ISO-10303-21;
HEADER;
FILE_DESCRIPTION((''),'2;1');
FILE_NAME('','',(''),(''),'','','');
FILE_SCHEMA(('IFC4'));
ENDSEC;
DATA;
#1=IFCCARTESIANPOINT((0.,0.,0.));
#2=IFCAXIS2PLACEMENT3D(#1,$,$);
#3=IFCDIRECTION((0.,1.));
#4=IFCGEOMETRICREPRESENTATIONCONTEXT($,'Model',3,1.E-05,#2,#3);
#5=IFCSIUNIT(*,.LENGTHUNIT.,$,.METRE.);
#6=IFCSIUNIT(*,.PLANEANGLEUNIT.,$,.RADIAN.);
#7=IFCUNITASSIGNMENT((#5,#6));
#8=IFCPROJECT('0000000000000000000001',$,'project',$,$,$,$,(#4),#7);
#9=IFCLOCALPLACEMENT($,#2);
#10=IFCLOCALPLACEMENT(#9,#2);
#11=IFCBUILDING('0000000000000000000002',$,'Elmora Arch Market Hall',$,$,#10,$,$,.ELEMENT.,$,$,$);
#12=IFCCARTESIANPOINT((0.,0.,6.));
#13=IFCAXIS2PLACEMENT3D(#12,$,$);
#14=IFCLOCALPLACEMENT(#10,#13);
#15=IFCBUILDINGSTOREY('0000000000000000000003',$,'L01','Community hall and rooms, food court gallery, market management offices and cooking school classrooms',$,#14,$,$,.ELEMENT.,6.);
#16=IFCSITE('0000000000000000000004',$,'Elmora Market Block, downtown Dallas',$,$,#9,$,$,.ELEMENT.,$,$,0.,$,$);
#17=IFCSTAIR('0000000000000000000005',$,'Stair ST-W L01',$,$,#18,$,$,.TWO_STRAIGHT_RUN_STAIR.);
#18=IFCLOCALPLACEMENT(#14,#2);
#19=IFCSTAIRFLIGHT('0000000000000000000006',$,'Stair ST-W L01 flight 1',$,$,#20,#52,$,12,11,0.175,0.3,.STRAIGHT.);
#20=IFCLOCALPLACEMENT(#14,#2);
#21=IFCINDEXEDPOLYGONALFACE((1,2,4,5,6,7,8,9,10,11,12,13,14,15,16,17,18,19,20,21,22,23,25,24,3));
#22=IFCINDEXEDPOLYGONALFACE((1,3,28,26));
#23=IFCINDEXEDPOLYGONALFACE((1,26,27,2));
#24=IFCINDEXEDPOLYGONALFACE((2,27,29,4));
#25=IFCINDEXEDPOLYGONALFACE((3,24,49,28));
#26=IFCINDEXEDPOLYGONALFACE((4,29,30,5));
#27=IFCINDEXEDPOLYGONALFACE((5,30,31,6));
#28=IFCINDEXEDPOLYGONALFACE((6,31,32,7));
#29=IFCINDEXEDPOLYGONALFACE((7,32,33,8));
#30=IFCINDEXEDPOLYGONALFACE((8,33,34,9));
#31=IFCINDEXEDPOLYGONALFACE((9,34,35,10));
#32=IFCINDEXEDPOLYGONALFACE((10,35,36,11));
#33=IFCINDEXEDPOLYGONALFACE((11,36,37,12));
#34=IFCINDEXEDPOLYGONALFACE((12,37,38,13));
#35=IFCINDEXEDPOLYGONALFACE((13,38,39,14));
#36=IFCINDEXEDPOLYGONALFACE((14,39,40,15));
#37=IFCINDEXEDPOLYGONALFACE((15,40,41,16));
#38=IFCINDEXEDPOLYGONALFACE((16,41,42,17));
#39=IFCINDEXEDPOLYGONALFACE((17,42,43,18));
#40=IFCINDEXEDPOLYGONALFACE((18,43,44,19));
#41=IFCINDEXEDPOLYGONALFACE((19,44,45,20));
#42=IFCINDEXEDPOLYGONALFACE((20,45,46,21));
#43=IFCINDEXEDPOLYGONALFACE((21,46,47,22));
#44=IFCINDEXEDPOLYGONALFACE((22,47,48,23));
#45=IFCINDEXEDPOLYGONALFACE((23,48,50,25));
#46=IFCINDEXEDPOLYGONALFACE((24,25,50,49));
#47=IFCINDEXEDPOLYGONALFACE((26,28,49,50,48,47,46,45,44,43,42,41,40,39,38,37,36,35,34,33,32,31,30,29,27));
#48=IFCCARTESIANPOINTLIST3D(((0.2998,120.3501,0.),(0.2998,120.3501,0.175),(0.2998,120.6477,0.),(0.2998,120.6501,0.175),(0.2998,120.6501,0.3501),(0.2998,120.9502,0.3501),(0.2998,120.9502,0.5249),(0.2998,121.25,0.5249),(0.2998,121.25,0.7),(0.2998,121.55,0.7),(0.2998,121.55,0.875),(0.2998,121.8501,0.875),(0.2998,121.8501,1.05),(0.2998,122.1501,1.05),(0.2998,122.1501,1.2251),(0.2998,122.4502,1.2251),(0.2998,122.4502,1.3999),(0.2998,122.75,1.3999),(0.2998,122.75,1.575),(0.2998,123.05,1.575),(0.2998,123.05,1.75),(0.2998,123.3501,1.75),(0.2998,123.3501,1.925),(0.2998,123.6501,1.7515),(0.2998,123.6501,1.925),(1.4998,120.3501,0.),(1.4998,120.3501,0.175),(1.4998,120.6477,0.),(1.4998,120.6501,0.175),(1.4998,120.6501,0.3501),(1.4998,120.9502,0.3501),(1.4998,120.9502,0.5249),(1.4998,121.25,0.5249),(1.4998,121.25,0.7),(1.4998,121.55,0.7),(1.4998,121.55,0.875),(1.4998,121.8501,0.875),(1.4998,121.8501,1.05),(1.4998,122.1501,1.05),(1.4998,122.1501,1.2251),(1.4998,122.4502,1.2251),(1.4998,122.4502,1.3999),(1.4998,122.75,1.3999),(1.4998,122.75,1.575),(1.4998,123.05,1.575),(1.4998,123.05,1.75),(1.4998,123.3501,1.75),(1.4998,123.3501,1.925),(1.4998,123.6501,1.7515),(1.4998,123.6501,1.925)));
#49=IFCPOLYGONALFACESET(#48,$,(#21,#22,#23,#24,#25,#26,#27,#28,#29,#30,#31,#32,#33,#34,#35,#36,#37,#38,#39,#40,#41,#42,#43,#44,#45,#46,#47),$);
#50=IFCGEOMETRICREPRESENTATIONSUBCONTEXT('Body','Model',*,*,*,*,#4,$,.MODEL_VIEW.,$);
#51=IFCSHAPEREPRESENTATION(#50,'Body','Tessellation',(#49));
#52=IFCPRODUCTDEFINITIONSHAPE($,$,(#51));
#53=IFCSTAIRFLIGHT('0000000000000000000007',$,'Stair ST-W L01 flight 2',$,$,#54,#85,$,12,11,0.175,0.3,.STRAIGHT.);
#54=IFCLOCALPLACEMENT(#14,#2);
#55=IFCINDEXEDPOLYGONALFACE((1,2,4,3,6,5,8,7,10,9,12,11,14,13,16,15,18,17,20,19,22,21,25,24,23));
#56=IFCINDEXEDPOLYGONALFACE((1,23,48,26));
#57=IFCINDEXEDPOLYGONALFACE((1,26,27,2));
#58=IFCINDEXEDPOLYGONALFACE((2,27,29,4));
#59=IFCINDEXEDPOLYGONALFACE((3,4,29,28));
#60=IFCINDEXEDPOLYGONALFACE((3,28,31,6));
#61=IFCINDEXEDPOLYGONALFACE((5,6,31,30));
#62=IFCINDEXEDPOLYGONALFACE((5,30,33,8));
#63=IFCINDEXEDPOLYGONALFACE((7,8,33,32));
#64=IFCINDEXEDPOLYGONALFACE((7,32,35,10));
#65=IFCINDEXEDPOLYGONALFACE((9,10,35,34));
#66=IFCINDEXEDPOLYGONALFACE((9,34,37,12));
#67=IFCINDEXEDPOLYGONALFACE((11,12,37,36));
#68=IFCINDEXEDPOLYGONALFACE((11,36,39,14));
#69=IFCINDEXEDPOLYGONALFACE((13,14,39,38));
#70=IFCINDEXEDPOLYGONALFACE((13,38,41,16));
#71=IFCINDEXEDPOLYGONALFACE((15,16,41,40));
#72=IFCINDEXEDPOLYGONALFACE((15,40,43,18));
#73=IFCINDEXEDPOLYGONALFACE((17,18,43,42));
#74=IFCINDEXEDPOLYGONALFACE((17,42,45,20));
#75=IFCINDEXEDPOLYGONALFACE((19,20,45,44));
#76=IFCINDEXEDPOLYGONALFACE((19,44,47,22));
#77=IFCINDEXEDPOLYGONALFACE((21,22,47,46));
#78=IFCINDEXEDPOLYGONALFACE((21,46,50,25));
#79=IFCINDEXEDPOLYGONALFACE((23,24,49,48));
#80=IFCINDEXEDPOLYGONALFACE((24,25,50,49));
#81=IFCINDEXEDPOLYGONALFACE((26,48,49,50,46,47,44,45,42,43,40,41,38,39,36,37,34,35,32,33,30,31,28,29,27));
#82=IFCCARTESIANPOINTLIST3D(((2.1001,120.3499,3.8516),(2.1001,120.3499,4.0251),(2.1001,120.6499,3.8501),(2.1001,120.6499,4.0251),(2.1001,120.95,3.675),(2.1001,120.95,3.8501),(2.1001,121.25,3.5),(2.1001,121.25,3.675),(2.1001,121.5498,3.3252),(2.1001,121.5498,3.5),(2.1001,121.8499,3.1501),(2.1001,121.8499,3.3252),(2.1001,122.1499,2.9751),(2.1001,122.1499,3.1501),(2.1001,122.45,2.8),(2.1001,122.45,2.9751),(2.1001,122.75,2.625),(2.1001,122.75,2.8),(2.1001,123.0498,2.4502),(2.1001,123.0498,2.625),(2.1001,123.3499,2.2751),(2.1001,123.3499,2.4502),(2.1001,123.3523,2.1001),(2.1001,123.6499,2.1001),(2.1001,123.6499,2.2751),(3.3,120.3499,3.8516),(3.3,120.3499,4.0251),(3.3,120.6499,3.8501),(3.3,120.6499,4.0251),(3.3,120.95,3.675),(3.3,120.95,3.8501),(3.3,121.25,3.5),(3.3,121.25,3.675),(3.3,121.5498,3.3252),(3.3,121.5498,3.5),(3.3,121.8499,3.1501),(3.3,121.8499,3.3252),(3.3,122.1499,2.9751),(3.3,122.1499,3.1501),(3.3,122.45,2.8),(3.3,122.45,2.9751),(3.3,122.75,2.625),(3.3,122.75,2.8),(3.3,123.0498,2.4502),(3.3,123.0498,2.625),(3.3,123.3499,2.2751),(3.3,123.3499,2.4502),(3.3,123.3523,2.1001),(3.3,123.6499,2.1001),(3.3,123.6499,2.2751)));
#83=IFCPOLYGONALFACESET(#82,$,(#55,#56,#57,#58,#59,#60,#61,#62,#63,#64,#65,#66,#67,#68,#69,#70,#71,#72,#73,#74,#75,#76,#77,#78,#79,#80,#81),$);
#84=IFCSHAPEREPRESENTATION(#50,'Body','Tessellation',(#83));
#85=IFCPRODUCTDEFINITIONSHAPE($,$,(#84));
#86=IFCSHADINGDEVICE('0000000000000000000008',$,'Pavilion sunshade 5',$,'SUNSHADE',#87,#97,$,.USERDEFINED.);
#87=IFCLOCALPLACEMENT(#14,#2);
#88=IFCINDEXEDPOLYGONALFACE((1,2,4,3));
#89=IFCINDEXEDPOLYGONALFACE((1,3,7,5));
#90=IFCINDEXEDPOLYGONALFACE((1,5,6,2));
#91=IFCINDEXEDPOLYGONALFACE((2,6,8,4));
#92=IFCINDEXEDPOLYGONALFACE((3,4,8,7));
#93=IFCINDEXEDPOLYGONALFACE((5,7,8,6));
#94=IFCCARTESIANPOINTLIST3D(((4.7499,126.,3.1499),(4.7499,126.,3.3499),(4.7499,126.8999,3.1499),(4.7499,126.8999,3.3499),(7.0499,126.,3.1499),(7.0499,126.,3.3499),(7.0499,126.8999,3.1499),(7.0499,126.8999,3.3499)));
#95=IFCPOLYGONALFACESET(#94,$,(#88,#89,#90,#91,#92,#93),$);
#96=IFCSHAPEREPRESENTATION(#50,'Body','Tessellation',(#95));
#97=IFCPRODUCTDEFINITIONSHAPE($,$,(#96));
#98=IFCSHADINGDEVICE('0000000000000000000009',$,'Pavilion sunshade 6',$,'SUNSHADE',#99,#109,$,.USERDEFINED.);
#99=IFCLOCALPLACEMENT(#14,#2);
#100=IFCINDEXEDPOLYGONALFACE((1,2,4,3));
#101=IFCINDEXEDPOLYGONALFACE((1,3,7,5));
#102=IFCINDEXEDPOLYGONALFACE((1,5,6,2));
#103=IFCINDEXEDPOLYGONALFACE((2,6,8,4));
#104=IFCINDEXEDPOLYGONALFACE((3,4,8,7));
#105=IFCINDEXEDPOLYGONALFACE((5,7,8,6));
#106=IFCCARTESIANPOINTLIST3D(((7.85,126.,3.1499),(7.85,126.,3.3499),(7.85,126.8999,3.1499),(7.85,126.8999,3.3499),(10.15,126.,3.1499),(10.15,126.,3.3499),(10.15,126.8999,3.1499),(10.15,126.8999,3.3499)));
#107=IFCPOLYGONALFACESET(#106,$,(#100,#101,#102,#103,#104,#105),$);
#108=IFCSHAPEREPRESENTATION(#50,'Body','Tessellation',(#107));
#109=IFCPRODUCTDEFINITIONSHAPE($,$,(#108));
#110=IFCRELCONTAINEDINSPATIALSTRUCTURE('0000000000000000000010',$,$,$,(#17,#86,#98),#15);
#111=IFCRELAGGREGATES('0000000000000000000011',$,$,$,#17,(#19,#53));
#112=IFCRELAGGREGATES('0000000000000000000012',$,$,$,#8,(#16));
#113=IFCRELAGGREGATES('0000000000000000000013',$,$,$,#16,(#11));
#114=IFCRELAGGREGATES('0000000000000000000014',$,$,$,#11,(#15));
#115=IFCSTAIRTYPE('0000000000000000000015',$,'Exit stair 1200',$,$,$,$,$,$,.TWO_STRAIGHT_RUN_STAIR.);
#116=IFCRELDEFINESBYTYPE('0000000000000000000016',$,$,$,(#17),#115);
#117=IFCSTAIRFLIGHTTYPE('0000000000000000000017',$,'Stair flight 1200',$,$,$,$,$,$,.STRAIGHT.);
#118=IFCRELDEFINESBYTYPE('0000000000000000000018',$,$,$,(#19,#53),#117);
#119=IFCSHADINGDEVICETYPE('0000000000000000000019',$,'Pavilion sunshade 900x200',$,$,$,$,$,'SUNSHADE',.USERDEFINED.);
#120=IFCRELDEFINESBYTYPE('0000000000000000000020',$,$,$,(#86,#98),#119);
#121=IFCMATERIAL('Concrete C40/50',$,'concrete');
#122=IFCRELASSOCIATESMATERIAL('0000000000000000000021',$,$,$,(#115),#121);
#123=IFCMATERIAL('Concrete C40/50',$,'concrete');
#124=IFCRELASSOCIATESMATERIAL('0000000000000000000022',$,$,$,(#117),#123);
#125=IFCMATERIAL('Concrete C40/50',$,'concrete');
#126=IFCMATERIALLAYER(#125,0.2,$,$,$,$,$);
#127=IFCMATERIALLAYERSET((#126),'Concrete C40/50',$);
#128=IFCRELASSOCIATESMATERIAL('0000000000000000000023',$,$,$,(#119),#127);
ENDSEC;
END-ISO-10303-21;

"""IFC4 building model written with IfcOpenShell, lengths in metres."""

from ifc_helpers import new_model, si_unit, direction, frame, origin, origin_2d, place, context, subcontext, project, spatial, polyline, rectangle, outline, extrude, material, layer, layer_set, type_object, element, aggregate, save


model = new_model("IFC4")

# Units and contexts
model_context = context("Model", 3, precision=1e-05, world=origin(), true_north=direction((0.0, 1.0)))
body_context = subcontext(model_context, "Body", "Model", "MODEL_VIEW")
ifc_project = project(units=[si_unit("LENGTHUNIT", "METRE"), si_unit("PLANEANGLEUNIT", "RADIAN")], contexts=[model_context])

# Site, building, storey
site_placement = place(None, origin())
site = spatial("IfcSite", under=ifc_project, at=site_placement, Name="Elmora Market Block, downtown Dallas", CompositionType="ELEMENT", RefElevation=0.0)
building_placement = place(site_placement, origin())
building = spatial("IfcBuilding", under=site, at=building_placement, Name="Elmora Arch Market Hall", CompositionType="ELEMENT")
storey_placement = place(building_placement, frame((0.0, 0.0, 6.0)))
storey = spatial("IfcBuildingStorey", under=building, at=storey_placement, Name="L01", Description="Community hall and rooms, food court gallery, market management offices and cooking school classrooms", CompositionType="ELEMENT", Elevation=6.0)

# Stair, stair flights
ifc_material_1 = material(Name="Concrete C40/50", Category="concrete")
stair_type = type_object("IfcStairType", Name="Exit stair 1200", PredefinedType="TWO_STRAIGHT_RUN_STAIR", material=ifc_material_1)
stair_placement = place(storey_placement, origin())
stair = element("IfcStair", 1, at=stair_placement, inside=storey, type_object=stair_type, Name="Stair ST-W L01", PredefinedType="TWO_STRAIGHT_RUN_STAIR")
ifc_material_2 = material(Name="Concrete C40/50", Category="concrete")
stair_flight_type = type_object("IfcStairFlightType", Name="Stair flight 1200", PredefinedType="STRAIGHT", material=ifc_material_2)
stair_flight_1_placement = place(storey_placement, frame((0.8999, 120.3501, 0.0), z_axis=(0.0, 0.0, 1.0), x_axis=(0.0, 1.0, 0.0)))
stair_flight_1 = element("IfcStairFlight", 2, at=stair_flight_1_placement, type_object=stair_flight_type, Name="Stair ST-W L01 flight 1", NumberOfRisers=12, NumberOfTreads=11, PredefinedType="STRAIGHT", RiserHeight=0.175, TreadLength=0.3, context=body_context, shape_type="SweptSolid", body=[
    extrude(outline(polyline([(0.0, 0.0), (0.0, 0.175), (0.3, 0.175), (0.3, 0.3501), (0.6001, 0.3501), (0.6001, 0.5249), (0.8999, 0.5249), (0.8999, 0.7), (1.2, 0.7), (1.2, 0.875), (1.5, 0.875), (1.5, 1.05), (1.8, 1.05), (1.8, 1.2251), (2.1001, 1.2251), (2.1001, 1.3999), (2.3999, 1.3999), (2.3999, 1.575), (2.7, 1.575), (2.7, 1.75), (3.0, 1.75), (3.0, 1.925), (3.3, 1.925), (3.3, 2.1001), (3.3, 1.7515), (0.2976, 0.0), (0.0, 0.0)])), frame((0.0, 0.6001, 0.0), z_axis=(0.0, -1.0, 0.0), x_axis=(1.0, 0.0, 0.0)), (0.0, 0.0, 1.0), 1.2),
])
stair_flight_2_placement = place(storey_placement, frame((2.7, 123.6499, 2.1001), z_axis=(0.0, 0.0, 1.0), x_axis=(0.0, -1.0, 0.0)))
stair_flight_2 = element("IfcStairFlight", 3, at=stair_flight_2_placement, type_object=stair_flight_type, Name="Stair ST-W L01 flight 2", NumberOfRisers=12, NumberOfTreads=11, PredefinedType="STRAIGHT", RiserHeight=0.175, TreadLength=0.3, context=body_context, shape_type="SweptSolid", body=[
    extrude(outline(polyline([(0.0, 0.0), (0.0, 0.175), (0.3, 0.175), (0.3, 0.3501), (0.6001, 0.3501), (0.6001, 0.5249), (0.8999, 0.5249), (0.8999, 0.7), (1.2, 0.7), (1.2, 0.875), (1.5, 0.875), (1.5, 1.05), (1.8, 1.05), (1.8, 1.2251), (2.1001, 1.2251), (2.1001, 1.3999), (2.3999, 1.3999), (2.3999, 1.575), (2.7, 1.575), (2.7, 1.75), (3.0, 1.75), (3.0, 1.925), (3.3, 1.925), (3.3, 2.1001), (3.3, 1.7515), (0.2976, 0.0), (0.0, 0.0)])), frame((0.0, 0.6001, 0.0), z_axis=(0.0, -1.0, 0.0), x_axis=(1.0, 0.0, 0.0)), (0.0, 0.0, 1.0), 1.2),
])
aggregate(stair, [stair_flight_1, stair_flight_2])

# Shading devices
ifc_material_3 = material(Name="Concrete C40/50", Category="concrete")
ifc_layer_1 = layer(ifc_material_3, 0.2)
ifc_layer_set_1 = layer_set([ifc_layer_1], Name="Concrete C40/50")
shading_device_type = type_object("IfcShadingDeviceType", Name="Pavilion sunshade 900x200", ElementType="SUNSHADE", PredefinedType="USERDEFINED", material=ifc_layer_set_1)
for number, where, z_axis, x_axis, name in (
    (4, (5.8999, 126.45, 3.1499), (0.0, 0.0, 1.0), (1.0, 0.0, 0.0), "Pavilion sunshade 5"),
    (5, (9.0, 126.45, 3.1499), (0.0, 0.0, 1.0), (1.0, 0.0, 0.0), "Pavilion sunshade 6"),
):
    element("IfcShadingDevice", number, at=place(storey_placement, frame(where, z_axis=z_axis, x_axis=x_axis)), inside=storey, type_object=shading_device_type, Name=name, ObjectType="SUNSHADE", PredefinedType="USERDEFINED", context=body_context, shape_type="SweptSolid", body=[
        extrude(rectangle(XDim=2.3, YDim=0.8999, at=origin_2d()), origin(), (0.0, 0.0, 1.0), 0.2),
    ])

save(model, "model.ifc")
